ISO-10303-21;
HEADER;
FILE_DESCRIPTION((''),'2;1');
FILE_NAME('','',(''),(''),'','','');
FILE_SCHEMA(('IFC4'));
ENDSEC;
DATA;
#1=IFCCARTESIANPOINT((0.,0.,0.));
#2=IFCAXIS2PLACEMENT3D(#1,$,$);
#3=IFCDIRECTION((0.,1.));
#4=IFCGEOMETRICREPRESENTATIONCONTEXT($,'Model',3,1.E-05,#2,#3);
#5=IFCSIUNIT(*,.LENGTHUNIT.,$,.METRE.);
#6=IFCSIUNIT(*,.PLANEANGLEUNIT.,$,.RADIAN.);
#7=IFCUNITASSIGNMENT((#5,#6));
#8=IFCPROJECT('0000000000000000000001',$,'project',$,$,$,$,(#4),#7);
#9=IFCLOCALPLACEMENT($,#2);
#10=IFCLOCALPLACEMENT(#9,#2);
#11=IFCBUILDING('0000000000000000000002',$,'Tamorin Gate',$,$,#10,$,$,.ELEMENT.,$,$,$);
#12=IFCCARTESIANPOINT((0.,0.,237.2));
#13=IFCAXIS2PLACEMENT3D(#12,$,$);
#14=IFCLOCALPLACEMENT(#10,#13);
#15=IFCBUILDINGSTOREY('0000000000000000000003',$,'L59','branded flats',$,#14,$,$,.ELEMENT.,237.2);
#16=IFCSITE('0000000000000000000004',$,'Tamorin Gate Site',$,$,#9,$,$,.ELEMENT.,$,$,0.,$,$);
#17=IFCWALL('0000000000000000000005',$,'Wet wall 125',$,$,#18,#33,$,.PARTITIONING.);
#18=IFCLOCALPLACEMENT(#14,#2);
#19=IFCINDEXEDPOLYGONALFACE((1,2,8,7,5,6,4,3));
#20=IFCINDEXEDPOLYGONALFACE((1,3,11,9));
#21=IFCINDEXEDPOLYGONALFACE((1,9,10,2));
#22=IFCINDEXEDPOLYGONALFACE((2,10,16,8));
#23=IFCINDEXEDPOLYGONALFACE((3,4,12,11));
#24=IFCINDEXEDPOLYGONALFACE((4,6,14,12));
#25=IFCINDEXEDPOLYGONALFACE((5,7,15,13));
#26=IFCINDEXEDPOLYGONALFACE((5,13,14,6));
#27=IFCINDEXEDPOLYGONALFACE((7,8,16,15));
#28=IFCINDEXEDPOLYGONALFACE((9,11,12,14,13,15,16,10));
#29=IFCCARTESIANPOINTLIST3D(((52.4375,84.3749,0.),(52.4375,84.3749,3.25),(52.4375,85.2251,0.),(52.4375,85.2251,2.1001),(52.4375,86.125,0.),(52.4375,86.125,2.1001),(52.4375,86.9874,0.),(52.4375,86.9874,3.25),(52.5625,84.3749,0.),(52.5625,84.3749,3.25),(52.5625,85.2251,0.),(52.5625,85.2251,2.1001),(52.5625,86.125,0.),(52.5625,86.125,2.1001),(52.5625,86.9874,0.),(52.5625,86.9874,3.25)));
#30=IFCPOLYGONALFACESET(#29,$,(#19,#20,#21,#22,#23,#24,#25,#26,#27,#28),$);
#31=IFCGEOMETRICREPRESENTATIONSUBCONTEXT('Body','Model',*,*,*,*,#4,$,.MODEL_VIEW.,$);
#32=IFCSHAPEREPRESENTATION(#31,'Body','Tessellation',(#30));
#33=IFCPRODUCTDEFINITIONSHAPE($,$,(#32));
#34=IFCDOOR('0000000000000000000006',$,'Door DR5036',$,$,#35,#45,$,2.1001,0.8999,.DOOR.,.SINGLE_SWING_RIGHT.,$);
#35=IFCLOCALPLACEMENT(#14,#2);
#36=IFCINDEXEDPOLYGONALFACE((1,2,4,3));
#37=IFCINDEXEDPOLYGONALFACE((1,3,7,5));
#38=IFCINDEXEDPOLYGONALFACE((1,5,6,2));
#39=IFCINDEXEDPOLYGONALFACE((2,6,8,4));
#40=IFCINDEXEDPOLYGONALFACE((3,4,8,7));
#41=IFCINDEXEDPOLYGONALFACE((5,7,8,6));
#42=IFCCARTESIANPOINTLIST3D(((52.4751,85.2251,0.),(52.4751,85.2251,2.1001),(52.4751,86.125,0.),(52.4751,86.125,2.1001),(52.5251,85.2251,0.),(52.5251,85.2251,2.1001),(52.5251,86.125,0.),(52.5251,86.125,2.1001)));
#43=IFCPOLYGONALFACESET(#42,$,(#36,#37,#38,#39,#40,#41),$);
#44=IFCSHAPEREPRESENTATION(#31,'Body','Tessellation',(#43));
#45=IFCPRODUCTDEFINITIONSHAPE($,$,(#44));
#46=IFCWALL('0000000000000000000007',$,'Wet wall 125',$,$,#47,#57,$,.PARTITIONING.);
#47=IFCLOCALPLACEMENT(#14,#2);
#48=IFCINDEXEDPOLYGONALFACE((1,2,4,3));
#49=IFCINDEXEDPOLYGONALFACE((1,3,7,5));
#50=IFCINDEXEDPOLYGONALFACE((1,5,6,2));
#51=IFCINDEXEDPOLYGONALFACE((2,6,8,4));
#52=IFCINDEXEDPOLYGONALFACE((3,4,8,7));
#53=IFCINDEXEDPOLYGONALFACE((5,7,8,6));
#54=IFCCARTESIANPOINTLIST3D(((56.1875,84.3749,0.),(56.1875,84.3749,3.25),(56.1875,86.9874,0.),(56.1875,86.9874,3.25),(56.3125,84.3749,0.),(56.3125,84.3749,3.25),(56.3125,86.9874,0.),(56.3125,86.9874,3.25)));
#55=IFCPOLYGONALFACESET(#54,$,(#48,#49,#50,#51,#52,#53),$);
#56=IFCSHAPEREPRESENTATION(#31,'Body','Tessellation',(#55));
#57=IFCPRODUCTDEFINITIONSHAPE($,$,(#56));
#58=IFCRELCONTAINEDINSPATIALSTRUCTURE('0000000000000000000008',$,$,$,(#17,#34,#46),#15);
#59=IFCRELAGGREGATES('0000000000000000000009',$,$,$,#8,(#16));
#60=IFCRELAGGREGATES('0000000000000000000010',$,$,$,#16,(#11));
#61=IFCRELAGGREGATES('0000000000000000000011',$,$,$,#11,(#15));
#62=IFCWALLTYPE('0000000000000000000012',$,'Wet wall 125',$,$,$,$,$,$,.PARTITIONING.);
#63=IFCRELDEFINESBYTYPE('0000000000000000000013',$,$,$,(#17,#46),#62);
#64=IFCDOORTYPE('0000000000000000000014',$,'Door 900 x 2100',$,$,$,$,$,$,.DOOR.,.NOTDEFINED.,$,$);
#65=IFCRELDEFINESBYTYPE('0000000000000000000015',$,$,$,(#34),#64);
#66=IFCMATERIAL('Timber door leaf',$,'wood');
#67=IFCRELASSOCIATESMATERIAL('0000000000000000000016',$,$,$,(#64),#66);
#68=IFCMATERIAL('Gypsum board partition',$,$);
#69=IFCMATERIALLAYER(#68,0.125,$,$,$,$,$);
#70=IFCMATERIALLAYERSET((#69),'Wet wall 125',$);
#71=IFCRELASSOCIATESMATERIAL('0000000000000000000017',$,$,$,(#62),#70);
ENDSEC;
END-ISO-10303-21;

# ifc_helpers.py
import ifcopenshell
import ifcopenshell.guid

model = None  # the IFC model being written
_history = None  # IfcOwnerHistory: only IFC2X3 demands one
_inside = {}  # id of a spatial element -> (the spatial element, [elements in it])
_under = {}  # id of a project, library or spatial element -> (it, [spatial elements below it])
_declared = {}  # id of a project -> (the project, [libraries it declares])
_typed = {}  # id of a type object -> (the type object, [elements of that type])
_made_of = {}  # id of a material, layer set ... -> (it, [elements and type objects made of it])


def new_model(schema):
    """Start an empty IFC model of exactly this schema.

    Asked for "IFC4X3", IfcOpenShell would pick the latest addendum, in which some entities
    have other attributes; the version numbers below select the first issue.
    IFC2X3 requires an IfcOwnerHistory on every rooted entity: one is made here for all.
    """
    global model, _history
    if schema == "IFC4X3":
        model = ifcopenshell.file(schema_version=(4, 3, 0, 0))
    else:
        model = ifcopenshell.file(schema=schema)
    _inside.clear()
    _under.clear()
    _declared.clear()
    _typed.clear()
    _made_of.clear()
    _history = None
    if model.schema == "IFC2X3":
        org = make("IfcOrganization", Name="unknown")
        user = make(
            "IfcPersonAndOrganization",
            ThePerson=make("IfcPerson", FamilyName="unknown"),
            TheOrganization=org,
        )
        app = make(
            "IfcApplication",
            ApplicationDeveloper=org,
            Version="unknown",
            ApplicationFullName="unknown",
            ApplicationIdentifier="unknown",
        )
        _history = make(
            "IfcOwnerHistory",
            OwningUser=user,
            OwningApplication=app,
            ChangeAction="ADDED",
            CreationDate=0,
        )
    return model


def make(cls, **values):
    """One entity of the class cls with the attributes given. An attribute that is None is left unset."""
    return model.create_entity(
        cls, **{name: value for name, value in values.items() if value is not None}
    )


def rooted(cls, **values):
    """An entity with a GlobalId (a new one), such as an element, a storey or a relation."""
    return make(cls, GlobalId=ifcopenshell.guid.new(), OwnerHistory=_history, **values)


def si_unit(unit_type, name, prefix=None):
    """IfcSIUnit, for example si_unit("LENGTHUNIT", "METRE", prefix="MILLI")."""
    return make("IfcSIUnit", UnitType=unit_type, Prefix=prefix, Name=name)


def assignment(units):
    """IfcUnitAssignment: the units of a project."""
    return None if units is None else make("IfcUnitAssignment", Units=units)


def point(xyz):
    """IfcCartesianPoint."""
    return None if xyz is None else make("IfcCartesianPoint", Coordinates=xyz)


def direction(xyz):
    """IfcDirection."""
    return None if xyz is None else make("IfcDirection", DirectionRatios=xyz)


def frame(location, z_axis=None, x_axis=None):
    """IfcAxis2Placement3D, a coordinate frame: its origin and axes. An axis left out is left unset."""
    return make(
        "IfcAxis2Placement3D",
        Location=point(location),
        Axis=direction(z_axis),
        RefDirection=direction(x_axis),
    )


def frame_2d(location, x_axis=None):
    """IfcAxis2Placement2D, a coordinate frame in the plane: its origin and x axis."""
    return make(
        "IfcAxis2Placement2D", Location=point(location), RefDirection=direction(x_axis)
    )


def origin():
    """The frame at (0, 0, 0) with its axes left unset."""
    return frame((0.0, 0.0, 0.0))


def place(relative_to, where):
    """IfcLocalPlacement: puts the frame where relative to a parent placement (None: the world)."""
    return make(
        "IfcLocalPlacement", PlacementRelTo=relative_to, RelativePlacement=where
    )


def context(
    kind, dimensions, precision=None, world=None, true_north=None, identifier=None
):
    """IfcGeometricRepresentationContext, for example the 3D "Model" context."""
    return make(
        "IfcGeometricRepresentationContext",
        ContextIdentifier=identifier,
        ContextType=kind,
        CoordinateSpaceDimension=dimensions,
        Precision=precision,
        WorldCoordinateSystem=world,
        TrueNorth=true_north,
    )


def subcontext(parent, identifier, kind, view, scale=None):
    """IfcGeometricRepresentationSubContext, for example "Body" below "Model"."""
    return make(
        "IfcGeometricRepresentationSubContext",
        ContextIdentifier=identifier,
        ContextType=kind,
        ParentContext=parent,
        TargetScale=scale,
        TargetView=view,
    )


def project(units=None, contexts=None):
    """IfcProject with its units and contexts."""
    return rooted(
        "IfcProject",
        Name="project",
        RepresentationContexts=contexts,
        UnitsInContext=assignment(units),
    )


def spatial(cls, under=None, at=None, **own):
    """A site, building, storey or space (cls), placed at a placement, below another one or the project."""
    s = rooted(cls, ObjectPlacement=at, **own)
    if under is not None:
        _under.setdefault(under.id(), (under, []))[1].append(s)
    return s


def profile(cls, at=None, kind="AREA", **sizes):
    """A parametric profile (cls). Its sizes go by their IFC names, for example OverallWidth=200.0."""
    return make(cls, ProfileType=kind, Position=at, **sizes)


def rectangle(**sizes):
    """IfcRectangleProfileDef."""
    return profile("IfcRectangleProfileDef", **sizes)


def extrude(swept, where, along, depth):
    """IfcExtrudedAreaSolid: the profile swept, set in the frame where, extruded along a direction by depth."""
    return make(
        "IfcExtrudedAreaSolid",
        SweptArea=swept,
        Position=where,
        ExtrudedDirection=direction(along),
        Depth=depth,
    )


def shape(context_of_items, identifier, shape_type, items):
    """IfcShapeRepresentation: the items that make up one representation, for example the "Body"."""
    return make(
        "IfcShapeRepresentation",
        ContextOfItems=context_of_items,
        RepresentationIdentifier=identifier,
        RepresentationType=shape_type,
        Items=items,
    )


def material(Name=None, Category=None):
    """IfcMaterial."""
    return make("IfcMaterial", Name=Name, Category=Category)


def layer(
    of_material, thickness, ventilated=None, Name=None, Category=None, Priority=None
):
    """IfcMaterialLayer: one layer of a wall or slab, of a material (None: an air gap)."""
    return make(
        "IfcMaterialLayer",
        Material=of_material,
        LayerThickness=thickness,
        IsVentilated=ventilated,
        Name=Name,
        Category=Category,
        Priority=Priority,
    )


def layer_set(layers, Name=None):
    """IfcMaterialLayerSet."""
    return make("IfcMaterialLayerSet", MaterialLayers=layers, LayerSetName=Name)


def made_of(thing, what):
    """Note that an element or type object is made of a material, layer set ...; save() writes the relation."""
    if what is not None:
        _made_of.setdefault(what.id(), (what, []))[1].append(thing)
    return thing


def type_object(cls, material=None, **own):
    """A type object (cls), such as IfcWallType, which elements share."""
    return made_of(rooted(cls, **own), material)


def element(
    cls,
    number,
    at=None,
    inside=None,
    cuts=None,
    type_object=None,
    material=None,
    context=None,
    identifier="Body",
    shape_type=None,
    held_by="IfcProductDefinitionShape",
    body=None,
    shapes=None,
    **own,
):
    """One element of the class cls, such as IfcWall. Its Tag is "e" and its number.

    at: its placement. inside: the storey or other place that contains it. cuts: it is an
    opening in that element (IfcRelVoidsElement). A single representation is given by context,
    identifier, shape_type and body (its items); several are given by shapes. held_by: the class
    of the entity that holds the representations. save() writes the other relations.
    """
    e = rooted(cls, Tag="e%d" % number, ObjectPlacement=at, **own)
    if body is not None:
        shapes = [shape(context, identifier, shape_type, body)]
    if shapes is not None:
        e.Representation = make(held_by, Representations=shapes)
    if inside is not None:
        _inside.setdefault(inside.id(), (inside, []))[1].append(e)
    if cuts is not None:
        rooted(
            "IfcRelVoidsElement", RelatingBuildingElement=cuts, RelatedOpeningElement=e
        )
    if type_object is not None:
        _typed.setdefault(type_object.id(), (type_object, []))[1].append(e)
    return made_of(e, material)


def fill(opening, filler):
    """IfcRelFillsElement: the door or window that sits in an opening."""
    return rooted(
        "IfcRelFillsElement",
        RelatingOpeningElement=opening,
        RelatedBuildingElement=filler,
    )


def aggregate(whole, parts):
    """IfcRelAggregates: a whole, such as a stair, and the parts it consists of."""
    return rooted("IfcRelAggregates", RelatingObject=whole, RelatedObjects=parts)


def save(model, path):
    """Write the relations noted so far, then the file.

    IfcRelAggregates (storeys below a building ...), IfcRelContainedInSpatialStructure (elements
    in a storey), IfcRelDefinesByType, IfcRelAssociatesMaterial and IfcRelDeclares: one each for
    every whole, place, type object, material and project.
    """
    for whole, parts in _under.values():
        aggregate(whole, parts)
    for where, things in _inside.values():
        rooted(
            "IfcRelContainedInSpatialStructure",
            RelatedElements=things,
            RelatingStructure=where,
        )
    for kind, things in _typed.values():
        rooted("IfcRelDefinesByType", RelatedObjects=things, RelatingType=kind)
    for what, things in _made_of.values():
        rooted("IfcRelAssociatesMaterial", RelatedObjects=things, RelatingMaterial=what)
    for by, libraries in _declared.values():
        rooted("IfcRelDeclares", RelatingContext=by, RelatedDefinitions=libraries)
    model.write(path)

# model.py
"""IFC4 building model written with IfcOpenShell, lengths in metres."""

from ifc_helpers import new_model, si_unit, direction, frame, frame_2d, origin, place, context, subcontext, project, spatial, rectangle, extrude, material, layer, layer_set, type_object, element, fill, save


model = new_model("IFC4")

# Units and contexts
model_context = context("Model", 3, precision=1e-05, world=origin(), true_north=direction((0.0, 1.0)))
body_context = subcontext(model_context, "Body", "Model", "MODEL_VIEW")
ifc_project = project(units=[si_unit("LENGTHUNIT", "METRE"), si_unit("PLANEANGLEUNIT", "RADIAN")], contexts=[model_context])

# Site, building, storey
site_placement = place(None, origin())
site = spatial("IfcSite", under=ifc_project, at=site_placement, Name="Tamorin Gate Site", CompositionType="ELEMENT", RefElevation=0.0)
building_placement = place(site_placement, origin())
building = spatial("IfcBuilding", under=site, at=building_placement, Name="Tamorin Gate", CompositionType="ELEMENT")
storey_placement = place(building_placement, frame((0.0, 0.0, 237.2)))
storey = spatial("IfcBuildingStorey", under=building, at=storey_placement, Name="L59", Description="branded flats", CompositionType="ELEMENT", Elevation=237.2)

# Shared definitions
ifc_material_1 = material(Name="Gypsum board partition")

# Wall, opening, door
ifc_material_2 = material(Name="Timber door leaf", Category="wood")
door_type = type_object("IfcDoorType", Name="Door 900 x 2100", OperationType="NOTDEFINED", PredefinedType="DOOR", material=ifc_material_2)
ifc_layer_1 = layer(ifc_material_1, 0.125)
ifc_layer_set_1 = layer_set([ifc_layer_1], Name="Wet wall 125")
wall_type_1 = type_object("IfcWallType", Name="Wet wall 125", PredefinedType="PARTITIONING", material=ifc_layer_set_1)
wall_1_placement = place(storey_placement, frame((52.5, 84.375, 0.0), z_axis=(0.0, 0.0, 1.0), x_axis=(0.0, 1.0, 0.0)))
wall_1 = element("IfcWall", 1, at=wall_1_placement, inside=storey, type_object=wall_type_1, Name="Wet wall 125", PredefinedType="PARTITIONING", context=body_context, shape_type="SweptSolid", body=[
    extrude(rectangle(XDim=2.6125, YDim=0.125, at=frame_2d((1.3062, 0.0))), origin(), (0.0, 0.0, 1.0), 3.25),
])
opening_1_placement = place(wall_1_placement, frame((0.8501, 0.0, 0.0)))
opening_1 = element("IfcOpeningElement", 2, at=opening_1_placement, cuts=wall_1, PredefinedType="OPENING", context=body_context, shape_type="SweptSolid", body=[
    extrude(rectangle(XDim=0.8999, YDim=2.1001, at=frame_2d((0.45, 1.05))), frame((0.0, 0.0725, 0.0), z_axis=(0.0, -1.0, 0.0), x_axis=(1.0, 0.0, 0.0)), (0.0, 0.0, 1.0), 0.145),
])
door_1_placement = place(opening_1_placement, origin())
door_1 = element("IfcDoor", 3, at=door_1_placement, inside=storey, type_object=door_type, Name="Door DR5036", OperationType="SINGLE_SWING_RIGHT", OverallHeight=2.1001, OverallWidth=0.8999, PredefinedType="DOOR", context=body_context, shape_type="SweptSolid", body=[
    extrude(rectangle(XDim=0.8999, YDim=2.1001, at=frame_2d((0.45, 1.05))), frame((0.0, 0.0249, 0.0), z_axis=(0.0, -1.0, 0.0), x_axis=(1.0, 0.0, 0.0)), (0.0, 0.0, 1.0), 0.05),
])
fill(opening_1, door_1)

# Wall
wall_2_placement = place(storey_placement, frame((56.25, 84.375, 0.0), z_axis=(0.0, 0.0, 1.0), x_axis=(0.0, 1.0, 0.0)))
element("IfcWall", 4, at=wall_2_placement, inside=storey, type_object=wall_type_1, Name="Wet wall 125", PredefinedType="PARTITIONING", context=body_context, shape_type="SweptSolid", body=[
    extrude(rectangle(XDim=2.6125, YDim=0.125, at=frame_2d((1.3062, 0.0))), origin(), (0.0, 0.0, 1.0), 3.25),
])

save(model, "model.ifc")
